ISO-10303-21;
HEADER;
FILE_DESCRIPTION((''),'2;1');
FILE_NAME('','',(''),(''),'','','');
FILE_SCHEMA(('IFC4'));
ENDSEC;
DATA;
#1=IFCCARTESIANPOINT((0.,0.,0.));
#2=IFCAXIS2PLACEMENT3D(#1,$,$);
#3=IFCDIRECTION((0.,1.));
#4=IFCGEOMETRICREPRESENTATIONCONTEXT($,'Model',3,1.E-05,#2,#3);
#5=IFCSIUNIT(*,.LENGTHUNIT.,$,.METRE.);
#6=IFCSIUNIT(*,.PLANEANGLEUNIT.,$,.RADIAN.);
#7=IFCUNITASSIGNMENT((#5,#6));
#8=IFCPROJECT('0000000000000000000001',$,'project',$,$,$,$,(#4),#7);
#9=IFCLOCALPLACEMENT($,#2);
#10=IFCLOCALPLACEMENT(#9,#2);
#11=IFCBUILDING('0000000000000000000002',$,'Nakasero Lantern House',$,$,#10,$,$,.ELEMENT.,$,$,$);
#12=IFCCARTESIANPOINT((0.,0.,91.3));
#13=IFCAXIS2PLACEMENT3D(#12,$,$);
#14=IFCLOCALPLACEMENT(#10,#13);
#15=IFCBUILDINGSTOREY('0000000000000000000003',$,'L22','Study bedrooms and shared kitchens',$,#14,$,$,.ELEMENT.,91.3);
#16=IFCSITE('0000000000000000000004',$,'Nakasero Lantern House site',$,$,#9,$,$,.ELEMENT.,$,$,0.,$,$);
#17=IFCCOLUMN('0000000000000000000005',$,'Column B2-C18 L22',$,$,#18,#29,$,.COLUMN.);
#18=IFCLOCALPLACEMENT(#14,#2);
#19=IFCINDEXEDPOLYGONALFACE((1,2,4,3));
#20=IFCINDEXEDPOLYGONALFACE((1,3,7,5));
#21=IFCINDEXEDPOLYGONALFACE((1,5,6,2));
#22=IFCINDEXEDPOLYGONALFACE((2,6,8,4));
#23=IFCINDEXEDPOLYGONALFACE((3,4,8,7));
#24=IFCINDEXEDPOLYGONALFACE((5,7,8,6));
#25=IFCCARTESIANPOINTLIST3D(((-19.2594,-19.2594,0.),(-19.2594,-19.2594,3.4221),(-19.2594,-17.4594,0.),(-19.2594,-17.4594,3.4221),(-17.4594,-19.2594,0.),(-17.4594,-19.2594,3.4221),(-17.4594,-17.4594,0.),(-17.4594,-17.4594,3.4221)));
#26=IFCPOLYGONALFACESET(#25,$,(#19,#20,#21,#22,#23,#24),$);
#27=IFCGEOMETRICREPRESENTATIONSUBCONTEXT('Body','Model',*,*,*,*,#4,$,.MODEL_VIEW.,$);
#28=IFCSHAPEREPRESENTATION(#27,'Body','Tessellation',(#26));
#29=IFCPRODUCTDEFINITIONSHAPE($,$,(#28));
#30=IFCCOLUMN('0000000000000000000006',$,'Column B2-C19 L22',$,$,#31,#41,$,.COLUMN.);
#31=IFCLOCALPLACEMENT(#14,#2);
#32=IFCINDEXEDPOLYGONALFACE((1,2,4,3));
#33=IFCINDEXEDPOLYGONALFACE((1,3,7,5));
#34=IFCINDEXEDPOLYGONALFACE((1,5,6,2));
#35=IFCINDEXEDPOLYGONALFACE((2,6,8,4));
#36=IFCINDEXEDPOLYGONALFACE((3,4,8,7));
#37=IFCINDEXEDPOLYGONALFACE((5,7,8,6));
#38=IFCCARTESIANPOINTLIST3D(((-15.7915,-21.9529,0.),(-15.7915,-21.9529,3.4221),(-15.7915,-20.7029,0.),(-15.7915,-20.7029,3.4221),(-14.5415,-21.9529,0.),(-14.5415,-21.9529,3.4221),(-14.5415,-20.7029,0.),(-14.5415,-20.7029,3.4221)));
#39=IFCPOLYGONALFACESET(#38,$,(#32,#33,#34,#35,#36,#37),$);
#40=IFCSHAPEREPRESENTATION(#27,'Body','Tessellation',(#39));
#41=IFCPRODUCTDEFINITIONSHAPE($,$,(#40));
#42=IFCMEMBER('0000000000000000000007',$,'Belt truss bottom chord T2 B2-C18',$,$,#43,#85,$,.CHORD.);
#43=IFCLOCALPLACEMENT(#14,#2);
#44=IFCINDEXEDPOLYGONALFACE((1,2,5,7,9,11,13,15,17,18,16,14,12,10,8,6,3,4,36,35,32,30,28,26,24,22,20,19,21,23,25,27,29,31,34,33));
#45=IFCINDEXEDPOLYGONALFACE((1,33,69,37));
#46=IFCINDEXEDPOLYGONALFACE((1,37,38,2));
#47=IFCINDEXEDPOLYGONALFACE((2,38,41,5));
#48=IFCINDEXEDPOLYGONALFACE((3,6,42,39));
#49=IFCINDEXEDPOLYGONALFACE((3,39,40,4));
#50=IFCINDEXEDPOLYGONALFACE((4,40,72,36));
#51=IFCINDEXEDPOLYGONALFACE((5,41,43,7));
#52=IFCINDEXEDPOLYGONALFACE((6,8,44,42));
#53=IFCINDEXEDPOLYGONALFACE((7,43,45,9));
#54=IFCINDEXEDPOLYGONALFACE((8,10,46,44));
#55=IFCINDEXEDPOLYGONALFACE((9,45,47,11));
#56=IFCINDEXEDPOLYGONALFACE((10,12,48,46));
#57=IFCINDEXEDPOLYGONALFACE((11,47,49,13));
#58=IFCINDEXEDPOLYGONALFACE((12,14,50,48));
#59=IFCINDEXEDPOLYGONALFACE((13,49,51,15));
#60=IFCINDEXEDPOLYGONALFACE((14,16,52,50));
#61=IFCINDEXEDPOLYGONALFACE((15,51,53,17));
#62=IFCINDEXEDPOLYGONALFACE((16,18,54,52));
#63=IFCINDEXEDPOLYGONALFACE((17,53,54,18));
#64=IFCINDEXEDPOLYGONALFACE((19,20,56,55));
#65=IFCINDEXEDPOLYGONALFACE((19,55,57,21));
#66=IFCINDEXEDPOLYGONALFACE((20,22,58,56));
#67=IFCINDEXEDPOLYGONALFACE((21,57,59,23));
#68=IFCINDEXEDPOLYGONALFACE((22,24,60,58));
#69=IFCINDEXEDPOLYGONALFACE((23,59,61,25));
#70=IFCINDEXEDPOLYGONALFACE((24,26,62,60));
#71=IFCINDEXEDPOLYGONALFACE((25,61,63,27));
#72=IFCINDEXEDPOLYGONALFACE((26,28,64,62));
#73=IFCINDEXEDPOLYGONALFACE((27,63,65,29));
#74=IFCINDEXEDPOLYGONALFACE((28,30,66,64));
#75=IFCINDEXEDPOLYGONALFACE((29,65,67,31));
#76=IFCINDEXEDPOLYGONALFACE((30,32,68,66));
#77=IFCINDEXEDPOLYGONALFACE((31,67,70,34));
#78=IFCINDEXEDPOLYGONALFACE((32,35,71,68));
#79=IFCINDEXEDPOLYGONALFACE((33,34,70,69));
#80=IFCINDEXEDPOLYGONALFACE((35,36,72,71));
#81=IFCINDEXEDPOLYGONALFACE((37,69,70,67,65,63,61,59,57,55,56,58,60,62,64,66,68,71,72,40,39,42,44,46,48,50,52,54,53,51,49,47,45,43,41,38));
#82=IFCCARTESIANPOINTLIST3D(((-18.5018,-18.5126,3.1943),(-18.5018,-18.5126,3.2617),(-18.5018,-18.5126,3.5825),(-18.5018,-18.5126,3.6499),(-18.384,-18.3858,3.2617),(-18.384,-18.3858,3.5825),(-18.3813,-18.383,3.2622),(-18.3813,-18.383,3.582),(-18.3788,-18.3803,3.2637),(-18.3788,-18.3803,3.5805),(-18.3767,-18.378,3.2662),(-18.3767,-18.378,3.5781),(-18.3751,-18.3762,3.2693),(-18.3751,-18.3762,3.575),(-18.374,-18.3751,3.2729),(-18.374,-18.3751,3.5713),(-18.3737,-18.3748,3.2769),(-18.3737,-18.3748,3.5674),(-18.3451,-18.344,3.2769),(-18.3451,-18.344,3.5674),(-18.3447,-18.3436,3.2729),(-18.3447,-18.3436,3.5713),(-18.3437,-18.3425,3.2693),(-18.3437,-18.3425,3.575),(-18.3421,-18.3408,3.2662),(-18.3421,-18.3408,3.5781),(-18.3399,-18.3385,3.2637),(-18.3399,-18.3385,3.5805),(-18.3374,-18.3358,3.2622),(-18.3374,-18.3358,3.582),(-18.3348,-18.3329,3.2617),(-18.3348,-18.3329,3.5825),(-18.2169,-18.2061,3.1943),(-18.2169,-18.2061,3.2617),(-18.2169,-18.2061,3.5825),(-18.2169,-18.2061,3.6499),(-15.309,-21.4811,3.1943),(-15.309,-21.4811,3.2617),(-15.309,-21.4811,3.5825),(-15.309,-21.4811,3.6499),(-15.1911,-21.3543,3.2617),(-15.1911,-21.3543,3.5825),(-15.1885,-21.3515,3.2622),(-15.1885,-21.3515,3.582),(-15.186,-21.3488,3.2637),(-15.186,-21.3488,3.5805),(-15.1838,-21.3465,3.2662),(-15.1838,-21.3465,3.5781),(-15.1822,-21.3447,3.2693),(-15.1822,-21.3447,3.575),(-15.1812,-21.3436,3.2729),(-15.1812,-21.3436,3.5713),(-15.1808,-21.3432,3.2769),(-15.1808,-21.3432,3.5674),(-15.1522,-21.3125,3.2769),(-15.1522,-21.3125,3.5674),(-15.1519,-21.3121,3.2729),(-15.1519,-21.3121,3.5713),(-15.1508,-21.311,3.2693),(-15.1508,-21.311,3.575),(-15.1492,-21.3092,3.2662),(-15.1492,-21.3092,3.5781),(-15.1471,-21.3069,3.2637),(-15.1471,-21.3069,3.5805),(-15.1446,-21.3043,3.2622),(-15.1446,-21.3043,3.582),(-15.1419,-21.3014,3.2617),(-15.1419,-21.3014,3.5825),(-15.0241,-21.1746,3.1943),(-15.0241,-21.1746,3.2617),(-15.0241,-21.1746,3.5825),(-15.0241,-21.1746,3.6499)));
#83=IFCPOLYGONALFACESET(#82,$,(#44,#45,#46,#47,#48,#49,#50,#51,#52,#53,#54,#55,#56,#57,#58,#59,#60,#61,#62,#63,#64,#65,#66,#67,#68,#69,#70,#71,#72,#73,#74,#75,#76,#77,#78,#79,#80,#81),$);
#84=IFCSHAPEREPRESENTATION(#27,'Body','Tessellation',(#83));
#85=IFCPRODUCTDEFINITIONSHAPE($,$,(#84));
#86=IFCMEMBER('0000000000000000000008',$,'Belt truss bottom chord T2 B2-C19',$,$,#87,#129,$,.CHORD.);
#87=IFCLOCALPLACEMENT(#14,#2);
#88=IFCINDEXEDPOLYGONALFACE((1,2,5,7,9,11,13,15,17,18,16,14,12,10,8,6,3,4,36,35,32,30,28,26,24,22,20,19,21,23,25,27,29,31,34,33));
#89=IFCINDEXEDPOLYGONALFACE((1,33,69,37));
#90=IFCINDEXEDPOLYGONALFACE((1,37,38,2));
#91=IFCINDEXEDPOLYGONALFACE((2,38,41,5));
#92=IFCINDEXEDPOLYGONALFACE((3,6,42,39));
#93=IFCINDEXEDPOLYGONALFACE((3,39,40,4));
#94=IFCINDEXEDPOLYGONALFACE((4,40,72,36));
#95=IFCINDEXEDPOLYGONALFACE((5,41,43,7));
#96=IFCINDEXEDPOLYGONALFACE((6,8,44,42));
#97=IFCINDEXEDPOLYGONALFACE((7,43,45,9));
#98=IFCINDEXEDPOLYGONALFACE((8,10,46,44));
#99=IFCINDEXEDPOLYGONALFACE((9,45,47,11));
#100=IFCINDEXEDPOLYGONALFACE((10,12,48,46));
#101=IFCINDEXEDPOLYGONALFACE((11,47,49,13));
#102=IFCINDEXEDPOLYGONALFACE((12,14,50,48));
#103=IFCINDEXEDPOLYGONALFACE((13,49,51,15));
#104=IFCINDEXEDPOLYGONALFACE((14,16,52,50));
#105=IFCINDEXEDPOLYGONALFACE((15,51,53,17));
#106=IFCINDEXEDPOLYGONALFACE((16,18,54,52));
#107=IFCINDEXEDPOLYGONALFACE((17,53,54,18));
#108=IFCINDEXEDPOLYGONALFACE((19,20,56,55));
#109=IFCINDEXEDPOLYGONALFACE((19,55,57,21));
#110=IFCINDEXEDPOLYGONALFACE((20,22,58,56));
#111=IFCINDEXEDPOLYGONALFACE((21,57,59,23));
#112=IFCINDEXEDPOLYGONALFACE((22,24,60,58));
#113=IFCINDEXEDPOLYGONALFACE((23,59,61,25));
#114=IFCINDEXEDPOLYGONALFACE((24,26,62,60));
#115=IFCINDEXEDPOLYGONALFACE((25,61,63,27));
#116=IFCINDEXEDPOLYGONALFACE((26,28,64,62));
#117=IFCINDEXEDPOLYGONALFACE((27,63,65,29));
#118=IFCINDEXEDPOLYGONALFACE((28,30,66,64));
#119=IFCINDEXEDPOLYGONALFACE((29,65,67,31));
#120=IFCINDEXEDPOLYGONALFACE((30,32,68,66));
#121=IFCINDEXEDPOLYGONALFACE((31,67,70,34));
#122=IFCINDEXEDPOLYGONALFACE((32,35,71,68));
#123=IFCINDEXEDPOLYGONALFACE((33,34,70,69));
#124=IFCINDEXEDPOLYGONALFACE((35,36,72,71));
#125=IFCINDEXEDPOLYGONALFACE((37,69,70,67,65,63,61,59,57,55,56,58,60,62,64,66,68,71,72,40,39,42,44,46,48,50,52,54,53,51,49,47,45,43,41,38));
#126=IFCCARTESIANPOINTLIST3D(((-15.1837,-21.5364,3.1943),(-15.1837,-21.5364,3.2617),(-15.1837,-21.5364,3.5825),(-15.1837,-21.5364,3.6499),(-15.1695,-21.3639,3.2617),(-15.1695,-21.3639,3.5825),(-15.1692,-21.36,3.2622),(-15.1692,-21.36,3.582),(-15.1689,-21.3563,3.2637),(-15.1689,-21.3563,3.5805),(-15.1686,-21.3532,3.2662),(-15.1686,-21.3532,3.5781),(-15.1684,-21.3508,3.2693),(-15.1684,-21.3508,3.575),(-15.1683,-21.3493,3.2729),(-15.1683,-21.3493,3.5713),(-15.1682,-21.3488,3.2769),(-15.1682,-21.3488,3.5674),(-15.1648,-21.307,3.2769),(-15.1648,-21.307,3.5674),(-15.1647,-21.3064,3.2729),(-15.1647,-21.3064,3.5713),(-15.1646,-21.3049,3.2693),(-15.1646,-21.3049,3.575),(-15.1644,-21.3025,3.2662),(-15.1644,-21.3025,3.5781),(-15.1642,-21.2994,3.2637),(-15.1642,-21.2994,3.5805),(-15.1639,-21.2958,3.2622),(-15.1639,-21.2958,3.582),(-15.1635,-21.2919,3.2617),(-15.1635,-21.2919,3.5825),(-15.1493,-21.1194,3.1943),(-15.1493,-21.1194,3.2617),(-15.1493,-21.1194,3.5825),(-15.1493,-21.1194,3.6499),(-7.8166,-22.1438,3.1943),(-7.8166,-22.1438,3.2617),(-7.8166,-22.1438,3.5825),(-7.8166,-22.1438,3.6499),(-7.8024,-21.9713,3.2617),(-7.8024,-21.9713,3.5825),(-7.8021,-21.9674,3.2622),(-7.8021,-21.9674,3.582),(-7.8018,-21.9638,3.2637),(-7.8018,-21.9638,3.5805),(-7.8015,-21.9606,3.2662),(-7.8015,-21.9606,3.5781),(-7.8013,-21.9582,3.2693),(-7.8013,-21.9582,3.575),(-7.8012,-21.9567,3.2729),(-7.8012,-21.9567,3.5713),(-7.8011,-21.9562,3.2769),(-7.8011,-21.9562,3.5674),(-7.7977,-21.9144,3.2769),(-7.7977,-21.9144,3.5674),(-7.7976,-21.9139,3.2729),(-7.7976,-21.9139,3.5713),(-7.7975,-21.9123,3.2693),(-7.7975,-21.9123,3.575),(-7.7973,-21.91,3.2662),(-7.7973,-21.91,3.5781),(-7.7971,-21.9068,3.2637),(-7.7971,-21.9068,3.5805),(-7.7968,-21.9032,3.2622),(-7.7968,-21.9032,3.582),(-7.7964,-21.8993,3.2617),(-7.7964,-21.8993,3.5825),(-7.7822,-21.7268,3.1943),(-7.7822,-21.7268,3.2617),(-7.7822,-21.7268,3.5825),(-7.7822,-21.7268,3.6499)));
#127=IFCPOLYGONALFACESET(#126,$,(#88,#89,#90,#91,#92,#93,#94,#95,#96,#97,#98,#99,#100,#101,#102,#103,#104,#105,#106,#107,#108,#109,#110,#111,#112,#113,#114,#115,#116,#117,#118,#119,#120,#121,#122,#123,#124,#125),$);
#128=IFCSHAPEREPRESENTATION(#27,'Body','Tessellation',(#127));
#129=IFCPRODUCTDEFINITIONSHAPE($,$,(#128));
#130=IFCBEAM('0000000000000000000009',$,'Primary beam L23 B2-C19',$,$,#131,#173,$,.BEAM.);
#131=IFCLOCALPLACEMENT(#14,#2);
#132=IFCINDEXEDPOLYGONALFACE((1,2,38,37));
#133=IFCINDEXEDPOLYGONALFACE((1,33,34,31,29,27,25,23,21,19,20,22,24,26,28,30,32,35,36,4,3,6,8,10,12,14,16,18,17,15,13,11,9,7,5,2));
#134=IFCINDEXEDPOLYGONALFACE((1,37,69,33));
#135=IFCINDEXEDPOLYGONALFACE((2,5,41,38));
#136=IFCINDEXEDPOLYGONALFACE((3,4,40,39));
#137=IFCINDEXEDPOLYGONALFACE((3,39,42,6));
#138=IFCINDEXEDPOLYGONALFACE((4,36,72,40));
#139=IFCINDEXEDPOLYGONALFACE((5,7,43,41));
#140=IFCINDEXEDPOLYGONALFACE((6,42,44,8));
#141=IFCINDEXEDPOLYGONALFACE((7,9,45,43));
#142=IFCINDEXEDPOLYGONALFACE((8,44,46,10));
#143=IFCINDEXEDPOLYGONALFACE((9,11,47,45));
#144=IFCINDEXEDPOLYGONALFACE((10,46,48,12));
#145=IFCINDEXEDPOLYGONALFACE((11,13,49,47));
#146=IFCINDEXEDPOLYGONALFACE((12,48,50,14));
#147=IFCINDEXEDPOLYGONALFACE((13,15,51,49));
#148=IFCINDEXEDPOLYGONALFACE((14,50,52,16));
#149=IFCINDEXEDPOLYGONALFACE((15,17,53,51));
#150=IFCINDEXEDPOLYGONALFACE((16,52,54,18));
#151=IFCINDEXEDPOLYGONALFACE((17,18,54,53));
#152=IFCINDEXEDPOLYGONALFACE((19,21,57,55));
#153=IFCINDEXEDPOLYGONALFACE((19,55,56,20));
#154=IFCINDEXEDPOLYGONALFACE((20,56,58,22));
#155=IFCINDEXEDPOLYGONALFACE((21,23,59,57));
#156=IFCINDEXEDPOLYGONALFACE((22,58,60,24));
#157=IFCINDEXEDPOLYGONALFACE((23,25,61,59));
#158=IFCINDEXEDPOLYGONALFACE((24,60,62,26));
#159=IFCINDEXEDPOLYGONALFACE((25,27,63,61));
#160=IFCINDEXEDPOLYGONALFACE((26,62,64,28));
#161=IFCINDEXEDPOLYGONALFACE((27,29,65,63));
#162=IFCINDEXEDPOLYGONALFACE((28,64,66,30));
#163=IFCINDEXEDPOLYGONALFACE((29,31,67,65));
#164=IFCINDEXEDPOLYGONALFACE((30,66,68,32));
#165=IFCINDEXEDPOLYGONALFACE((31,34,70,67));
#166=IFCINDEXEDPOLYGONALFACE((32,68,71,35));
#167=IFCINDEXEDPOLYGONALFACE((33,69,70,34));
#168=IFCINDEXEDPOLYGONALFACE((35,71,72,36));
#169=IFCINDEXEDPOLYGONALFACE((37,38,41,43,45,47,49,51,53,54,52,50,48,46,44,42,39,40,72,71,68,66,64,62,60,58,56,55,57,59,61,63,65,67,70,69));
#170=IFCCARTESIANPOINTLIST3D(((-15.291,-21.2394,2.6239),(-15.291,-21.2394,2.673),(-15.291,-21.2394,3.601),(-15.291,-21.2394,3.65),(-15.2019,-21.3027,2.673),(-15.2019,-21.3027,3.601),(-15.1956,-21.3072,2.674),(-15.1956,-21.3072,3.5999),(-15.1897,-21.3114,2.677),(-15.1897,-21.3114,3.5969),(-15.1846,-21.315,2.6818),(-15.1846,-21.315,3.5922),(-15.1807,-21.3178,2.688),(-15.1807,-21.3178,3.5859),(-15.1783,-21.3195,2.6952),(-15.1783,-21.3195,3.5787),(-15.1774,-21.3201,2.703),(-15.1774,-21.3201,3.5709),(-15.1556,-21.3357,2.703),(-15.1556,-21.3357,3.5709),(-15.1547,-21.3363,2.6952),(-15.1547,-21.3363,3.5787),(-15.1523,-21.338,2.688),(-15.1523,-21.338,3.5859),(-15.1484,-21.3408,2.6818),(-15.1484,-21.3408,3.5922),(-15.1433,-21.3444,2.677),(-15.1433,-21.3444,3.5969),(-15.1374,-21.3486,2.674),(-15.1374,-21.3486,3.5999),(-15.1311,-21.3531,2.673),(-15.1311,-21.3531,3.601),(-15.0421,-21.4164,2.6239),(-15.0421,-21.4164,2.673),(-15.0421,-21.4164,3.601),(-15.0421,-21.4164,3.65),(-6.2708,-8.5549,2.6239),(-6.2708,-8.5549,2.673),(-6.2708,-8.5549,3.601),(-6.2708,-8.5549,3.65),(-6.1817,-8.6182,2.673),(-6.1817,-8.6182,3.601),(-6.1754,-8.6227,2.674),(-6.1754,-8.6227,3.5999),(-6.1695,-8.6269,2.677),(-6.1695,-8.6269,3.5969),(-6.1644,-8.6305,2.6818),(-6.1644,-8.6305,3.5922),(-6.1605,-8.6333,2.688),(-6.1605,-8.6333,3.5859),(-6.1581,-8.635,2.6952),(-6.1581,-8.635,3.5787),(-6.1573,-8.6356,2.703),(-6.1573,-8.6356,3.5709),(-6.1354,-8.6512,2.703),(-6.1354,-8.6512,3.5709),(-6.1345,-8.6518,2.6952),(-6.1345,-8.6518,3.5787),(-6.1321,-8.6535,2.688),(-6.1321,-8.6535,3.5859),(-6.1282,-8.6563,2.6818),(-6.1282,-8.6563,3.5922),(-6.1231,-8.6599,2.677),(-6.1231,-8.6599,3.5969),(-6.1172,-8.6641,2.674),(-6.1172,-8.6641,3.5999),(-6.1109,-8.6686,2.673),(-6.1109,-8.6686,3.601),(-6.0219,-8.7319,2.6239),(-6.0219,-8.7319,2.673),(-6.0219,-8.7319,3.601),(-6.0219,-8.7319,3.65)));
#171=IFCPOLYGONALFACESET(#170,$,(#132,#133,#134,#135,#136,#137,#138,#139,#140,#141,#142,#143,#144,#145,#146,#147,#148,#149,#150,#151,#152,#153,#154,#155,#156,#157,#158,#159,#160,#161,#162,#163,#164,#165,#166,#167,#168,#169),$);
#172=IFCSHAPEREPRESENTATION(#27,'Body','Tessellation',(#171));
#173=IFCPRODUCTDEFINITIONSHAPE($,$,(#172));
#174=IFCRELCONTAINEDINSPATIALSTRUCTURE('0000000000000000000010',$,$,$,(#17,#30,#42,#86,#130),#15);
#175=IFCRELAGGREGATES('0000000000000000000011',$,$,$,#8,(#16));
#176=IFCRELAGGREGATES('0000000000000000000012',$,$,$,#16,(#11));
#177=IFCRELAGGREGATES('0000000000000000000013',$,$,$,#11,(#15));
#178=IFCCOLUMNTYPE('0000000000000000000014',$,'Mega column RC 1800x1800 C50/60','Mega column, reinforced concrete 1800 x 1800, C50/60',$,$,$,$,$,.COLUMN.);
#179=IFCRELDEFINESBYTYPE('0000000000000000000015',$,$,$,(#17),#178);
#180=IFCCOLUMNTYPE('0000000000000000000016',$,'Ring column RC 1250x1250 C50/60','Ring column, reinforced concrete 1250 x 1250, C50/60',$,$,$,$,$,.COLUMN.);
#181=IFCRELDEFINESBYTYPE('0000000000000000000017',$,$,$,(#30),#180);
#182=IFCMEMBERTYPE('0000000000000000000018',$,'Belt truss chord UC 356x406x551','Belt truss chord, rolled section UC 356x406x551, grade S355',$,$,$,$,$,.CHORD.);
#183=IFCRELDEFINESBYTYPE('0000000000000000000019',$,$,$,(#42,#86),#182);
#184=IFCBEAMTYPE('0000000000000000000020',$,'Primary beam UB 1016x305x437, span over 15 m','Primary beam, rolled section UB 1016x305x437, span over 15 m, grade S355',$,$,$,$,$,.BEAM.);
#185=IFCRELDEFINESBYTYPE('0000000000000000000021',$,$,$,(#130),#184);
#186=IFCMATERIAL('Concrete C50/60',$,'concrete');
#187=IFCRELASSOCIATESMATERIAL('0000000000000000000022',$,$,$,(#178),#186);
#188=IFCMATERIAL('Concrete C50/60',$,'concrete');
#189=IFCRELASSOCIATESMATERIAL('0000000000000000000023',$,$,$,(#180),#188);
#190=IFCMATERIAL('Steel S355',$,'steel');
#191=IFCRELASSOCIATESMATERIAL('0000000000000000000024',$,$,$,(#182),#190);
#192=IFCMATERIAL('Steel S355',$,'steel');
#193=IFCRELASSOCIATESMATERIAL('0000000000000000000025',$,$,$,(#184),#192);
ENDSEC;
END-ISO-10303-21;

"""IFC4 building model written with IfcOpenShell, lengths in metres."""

from ifc_helpers import new_model, si_unit, direction, frame, origin, origin_2d, place, context, subcontext, project, spatial, rectangle, i_section, extrude, material, material_profile, profile_set, type_object, element, save


model = new_model("IFC4")

# Units and contexts
model_context = context("Model", 3, precision=1e-05, world=origin(), true_north=direction((0.0, 1.0)))
body_context = subcontext(model_context, "Body", "Model", "MODEL_VIEW")
ifc_project = project(units=[si_unit("LENGTHUNIT", "METRE"), si_unit("PLANEANGLEUNIT", "RADIAN")], contexts=[model_context])

# Site, building, storey
site_placement = place(None, origin())
site = spatial("IfcSite", under=ifc_project, at=site_placement, Name="Nakasero Lantern House site", CompositionType="ELEMENT", RefElevation=0.0)
building_placement = place(site_placement, origin())
building = spatial("IfcBuilding", under=site, at=building_placement, Name="Nakasero Lantern House", CompositionType="ELEMENT")
storey_placement = place(building_placement, frame((0.0, 0.0, 91.3)))
storey = spatial("IfcBuildingStorey", under=building, at=storey_placement, Name="L22", Description="Study bedrooms and shared kitchens", CompositionType="ELEMENT", Elevation=91.3)

# Columns
ifc_material_1 = material(Name="Concrete C50/60", Category="concrete")
ifc_material_profile_1 = material_profile(ifc_material_1, rectangle(XDim=1.8, YDim=1.8, at=origin_2d()), Name="RC 1800x1800")
ifc_profile_set_1 = profile_set([ifc_material_profile_1], Name="Concrete C50/60")
column_type_1 = type_object("IfcColumnType", Name="Mega column RC 1800x1800 C50/60", Description="Mega column, reinforced concrete 1800 x 1800, C50/60", PredefinedType="COLUMN", material=ifc_profile_set_1)
column_1_placement = place(storey_placement, frame((-18.3594, -18.3594, 0.0), z_axis=(0.0, 0.0, 1.0), x_axis=(1.0, 0.0, 0.0)))
element("IfcColumn", 1, at=column_1_placement, inside=storey, type_object=column_type_1, Name="Column B2-C18 L22", PredefinedType="COLUMN", context=body_context, shape_type="SweptSolid", body=[
    extrude(rectangle(XDim=1.8, YDim=1.8, at=origin_2d()), origin(), (0.0, 0.0, 1.0), 3.4221),
])
ifc_material_2 = material(Name="Concrete C50/60", Category="concrete")
ifc_material_profile_2 = material_profile(ifc_material_2, rectangle(XDim=1.25, YDim=1.25, at=origin_2d()), Name="RC 1250x1250")
ifc_profile_set_2 = profile_set([ifc_material_profile_2], Name="Concrete C50/60")
column_type_2 = type_object("IfcColumnType", Name="Ring column RC 1250x1250 C50/60", Description="Ring column, reinforced concrete 1250 x 1250, C50/60", PredefinedType="COLUMN", material=ifc_profile_set_2)
column_2_placement = place(storey_placement, frame((-15.1665, -21.3279, 0.0), z_axis=(0.0, 0.0, 1.0), x_axis=(1.0, 0.0, 0.0)))
element("IfcColumn", 2, at=column_2_placement, inside=storey, type_object=column_type_2, Name="Column B2-C19 L22", PredefinedType="COLUMN", context=body_context, shape_type="SweptSolid", body=[
    extrude(rectangle(XDim=1.25, YDim=1.25, at=origin_2d()), origin(), (0.0, 0.0, 1.0), 3.4221),
])

# Members
ifc_material_3 = material(Name="Steel S355", Category="steel")
ifc_material_profile_3 = material_profile(ifc_material_3, i_section(OverallWidth=0.4185, OverallDepth=0.4556, WebThickness=0.042, FlangeThickness=0.0674, FilletRadius=0.0151, at=origin_2d()), Name="UC 356x406x551")
ifc_profile_set_3 = profile_set([ifc_material_profile_3], Name="Steel S355")
member_type = type_object("IfcMemberType", Name="Belt truss chord UC 356x406x551", Description="Belt truss chord, rolled section UC 356x406x551, grade S355", PredefinedType="CHORD", material=ifc_profile_set_3)
member_1_placement = place(storey_placement, frame((-18.3594, -18.3594, 3.4221), z_axis=(0.732371, -0.680906, 0.0), x_axis=(0.680906, 0.732371, 0.0)))
element("IfcMember", 3, at=member_1_placement, inside=storey, type_object=member_type, Name="Belt truss bottom chord T2 B2-C18", PredefinedType="CHORD", context=body_context, shape_type="SweptSolid", body=[
    extrude(i_section(OverallWidth=0.4185, OverallDepth=0.4556, WebThickness=0.042, FlangeThickness=0.0674, FilletRadius=0.0151, at=origin_2d()), origin(), (0.0, 0.0, 1.0), 4.3596),
])
member_2_placement = place(storey_placement, frame((-15.1665, -21.3279, 3.4221), z_axis=(0.996618, -0.082171, 0.0), x_axis=(0.082171, 0.996618, 0.0)))
element("IfcMember", 4, at=member_2_placement, inside=storey, type_object=member_type, Name="Belt truss bottom chord T2 B2-C19", PredefinedType="CHORD", context=body_context, shape_type="SweptSolid", body=[
    extrude(i_section(OverallWidth=0.4185, OverallDepth=0.4556, WebThickness=0.042, FlangeThickness=0.0674, FilletRadius=0.0151, at=origin_2d()), origin(), (0.0, 0.0, 1.0), 7.3921),
])

# Beam
ifc_material_4 = material(Name="Steel S355", Category="steel")
ifc_material_profile_4 = material_profile(ifc_material_4, i_section(OverallWidth=0.3054, OverallDepth=1.0261, WebThickness=0.0269, FlangeThickness=0.0491, FilletRadius=0.03, at=origin_2d()), Name="UB 1016x305x437")
ifc_profile_set_4 = profile_set([ifc_material_profile_4], Name="Steel S355")
beam_type_1 = type_object("IfcBeamType", Name="Primary beam UB 1016x305x437, span over 15 m", Description="Primary beam, rolled section UB 1016x305x437, span over 15 m, grade S355", PredefinedType="BEAM", material=ifc_profile_set_4)
beam_1_placement = place(storey_placement, frame((-15.1665, -21.3279, 3.137), z_axis=(0.579529, 0.814952, 0.0), x_axis=(-0.814952, 0.579529, 0.0)))
element("IfcBeam", 5, at=beam_1_placement, inside=storey, type_object=beam_type_1, Name="Primary beam L23 B2-C19", PredefinedType="BEAM", context=body_context, shape_type="SweptSolid", body=[
    extrude(i_section(OverallWidth=0.3054, OverallDepth=1.0261, WebThickness=0.0269, FlangeThickness=0.0491, FilletRadius=0.03, at=origin_2d()), origin(), (0.0, 0.0, 1.0), 15.5647),
])

save(model, "model.ifc")
